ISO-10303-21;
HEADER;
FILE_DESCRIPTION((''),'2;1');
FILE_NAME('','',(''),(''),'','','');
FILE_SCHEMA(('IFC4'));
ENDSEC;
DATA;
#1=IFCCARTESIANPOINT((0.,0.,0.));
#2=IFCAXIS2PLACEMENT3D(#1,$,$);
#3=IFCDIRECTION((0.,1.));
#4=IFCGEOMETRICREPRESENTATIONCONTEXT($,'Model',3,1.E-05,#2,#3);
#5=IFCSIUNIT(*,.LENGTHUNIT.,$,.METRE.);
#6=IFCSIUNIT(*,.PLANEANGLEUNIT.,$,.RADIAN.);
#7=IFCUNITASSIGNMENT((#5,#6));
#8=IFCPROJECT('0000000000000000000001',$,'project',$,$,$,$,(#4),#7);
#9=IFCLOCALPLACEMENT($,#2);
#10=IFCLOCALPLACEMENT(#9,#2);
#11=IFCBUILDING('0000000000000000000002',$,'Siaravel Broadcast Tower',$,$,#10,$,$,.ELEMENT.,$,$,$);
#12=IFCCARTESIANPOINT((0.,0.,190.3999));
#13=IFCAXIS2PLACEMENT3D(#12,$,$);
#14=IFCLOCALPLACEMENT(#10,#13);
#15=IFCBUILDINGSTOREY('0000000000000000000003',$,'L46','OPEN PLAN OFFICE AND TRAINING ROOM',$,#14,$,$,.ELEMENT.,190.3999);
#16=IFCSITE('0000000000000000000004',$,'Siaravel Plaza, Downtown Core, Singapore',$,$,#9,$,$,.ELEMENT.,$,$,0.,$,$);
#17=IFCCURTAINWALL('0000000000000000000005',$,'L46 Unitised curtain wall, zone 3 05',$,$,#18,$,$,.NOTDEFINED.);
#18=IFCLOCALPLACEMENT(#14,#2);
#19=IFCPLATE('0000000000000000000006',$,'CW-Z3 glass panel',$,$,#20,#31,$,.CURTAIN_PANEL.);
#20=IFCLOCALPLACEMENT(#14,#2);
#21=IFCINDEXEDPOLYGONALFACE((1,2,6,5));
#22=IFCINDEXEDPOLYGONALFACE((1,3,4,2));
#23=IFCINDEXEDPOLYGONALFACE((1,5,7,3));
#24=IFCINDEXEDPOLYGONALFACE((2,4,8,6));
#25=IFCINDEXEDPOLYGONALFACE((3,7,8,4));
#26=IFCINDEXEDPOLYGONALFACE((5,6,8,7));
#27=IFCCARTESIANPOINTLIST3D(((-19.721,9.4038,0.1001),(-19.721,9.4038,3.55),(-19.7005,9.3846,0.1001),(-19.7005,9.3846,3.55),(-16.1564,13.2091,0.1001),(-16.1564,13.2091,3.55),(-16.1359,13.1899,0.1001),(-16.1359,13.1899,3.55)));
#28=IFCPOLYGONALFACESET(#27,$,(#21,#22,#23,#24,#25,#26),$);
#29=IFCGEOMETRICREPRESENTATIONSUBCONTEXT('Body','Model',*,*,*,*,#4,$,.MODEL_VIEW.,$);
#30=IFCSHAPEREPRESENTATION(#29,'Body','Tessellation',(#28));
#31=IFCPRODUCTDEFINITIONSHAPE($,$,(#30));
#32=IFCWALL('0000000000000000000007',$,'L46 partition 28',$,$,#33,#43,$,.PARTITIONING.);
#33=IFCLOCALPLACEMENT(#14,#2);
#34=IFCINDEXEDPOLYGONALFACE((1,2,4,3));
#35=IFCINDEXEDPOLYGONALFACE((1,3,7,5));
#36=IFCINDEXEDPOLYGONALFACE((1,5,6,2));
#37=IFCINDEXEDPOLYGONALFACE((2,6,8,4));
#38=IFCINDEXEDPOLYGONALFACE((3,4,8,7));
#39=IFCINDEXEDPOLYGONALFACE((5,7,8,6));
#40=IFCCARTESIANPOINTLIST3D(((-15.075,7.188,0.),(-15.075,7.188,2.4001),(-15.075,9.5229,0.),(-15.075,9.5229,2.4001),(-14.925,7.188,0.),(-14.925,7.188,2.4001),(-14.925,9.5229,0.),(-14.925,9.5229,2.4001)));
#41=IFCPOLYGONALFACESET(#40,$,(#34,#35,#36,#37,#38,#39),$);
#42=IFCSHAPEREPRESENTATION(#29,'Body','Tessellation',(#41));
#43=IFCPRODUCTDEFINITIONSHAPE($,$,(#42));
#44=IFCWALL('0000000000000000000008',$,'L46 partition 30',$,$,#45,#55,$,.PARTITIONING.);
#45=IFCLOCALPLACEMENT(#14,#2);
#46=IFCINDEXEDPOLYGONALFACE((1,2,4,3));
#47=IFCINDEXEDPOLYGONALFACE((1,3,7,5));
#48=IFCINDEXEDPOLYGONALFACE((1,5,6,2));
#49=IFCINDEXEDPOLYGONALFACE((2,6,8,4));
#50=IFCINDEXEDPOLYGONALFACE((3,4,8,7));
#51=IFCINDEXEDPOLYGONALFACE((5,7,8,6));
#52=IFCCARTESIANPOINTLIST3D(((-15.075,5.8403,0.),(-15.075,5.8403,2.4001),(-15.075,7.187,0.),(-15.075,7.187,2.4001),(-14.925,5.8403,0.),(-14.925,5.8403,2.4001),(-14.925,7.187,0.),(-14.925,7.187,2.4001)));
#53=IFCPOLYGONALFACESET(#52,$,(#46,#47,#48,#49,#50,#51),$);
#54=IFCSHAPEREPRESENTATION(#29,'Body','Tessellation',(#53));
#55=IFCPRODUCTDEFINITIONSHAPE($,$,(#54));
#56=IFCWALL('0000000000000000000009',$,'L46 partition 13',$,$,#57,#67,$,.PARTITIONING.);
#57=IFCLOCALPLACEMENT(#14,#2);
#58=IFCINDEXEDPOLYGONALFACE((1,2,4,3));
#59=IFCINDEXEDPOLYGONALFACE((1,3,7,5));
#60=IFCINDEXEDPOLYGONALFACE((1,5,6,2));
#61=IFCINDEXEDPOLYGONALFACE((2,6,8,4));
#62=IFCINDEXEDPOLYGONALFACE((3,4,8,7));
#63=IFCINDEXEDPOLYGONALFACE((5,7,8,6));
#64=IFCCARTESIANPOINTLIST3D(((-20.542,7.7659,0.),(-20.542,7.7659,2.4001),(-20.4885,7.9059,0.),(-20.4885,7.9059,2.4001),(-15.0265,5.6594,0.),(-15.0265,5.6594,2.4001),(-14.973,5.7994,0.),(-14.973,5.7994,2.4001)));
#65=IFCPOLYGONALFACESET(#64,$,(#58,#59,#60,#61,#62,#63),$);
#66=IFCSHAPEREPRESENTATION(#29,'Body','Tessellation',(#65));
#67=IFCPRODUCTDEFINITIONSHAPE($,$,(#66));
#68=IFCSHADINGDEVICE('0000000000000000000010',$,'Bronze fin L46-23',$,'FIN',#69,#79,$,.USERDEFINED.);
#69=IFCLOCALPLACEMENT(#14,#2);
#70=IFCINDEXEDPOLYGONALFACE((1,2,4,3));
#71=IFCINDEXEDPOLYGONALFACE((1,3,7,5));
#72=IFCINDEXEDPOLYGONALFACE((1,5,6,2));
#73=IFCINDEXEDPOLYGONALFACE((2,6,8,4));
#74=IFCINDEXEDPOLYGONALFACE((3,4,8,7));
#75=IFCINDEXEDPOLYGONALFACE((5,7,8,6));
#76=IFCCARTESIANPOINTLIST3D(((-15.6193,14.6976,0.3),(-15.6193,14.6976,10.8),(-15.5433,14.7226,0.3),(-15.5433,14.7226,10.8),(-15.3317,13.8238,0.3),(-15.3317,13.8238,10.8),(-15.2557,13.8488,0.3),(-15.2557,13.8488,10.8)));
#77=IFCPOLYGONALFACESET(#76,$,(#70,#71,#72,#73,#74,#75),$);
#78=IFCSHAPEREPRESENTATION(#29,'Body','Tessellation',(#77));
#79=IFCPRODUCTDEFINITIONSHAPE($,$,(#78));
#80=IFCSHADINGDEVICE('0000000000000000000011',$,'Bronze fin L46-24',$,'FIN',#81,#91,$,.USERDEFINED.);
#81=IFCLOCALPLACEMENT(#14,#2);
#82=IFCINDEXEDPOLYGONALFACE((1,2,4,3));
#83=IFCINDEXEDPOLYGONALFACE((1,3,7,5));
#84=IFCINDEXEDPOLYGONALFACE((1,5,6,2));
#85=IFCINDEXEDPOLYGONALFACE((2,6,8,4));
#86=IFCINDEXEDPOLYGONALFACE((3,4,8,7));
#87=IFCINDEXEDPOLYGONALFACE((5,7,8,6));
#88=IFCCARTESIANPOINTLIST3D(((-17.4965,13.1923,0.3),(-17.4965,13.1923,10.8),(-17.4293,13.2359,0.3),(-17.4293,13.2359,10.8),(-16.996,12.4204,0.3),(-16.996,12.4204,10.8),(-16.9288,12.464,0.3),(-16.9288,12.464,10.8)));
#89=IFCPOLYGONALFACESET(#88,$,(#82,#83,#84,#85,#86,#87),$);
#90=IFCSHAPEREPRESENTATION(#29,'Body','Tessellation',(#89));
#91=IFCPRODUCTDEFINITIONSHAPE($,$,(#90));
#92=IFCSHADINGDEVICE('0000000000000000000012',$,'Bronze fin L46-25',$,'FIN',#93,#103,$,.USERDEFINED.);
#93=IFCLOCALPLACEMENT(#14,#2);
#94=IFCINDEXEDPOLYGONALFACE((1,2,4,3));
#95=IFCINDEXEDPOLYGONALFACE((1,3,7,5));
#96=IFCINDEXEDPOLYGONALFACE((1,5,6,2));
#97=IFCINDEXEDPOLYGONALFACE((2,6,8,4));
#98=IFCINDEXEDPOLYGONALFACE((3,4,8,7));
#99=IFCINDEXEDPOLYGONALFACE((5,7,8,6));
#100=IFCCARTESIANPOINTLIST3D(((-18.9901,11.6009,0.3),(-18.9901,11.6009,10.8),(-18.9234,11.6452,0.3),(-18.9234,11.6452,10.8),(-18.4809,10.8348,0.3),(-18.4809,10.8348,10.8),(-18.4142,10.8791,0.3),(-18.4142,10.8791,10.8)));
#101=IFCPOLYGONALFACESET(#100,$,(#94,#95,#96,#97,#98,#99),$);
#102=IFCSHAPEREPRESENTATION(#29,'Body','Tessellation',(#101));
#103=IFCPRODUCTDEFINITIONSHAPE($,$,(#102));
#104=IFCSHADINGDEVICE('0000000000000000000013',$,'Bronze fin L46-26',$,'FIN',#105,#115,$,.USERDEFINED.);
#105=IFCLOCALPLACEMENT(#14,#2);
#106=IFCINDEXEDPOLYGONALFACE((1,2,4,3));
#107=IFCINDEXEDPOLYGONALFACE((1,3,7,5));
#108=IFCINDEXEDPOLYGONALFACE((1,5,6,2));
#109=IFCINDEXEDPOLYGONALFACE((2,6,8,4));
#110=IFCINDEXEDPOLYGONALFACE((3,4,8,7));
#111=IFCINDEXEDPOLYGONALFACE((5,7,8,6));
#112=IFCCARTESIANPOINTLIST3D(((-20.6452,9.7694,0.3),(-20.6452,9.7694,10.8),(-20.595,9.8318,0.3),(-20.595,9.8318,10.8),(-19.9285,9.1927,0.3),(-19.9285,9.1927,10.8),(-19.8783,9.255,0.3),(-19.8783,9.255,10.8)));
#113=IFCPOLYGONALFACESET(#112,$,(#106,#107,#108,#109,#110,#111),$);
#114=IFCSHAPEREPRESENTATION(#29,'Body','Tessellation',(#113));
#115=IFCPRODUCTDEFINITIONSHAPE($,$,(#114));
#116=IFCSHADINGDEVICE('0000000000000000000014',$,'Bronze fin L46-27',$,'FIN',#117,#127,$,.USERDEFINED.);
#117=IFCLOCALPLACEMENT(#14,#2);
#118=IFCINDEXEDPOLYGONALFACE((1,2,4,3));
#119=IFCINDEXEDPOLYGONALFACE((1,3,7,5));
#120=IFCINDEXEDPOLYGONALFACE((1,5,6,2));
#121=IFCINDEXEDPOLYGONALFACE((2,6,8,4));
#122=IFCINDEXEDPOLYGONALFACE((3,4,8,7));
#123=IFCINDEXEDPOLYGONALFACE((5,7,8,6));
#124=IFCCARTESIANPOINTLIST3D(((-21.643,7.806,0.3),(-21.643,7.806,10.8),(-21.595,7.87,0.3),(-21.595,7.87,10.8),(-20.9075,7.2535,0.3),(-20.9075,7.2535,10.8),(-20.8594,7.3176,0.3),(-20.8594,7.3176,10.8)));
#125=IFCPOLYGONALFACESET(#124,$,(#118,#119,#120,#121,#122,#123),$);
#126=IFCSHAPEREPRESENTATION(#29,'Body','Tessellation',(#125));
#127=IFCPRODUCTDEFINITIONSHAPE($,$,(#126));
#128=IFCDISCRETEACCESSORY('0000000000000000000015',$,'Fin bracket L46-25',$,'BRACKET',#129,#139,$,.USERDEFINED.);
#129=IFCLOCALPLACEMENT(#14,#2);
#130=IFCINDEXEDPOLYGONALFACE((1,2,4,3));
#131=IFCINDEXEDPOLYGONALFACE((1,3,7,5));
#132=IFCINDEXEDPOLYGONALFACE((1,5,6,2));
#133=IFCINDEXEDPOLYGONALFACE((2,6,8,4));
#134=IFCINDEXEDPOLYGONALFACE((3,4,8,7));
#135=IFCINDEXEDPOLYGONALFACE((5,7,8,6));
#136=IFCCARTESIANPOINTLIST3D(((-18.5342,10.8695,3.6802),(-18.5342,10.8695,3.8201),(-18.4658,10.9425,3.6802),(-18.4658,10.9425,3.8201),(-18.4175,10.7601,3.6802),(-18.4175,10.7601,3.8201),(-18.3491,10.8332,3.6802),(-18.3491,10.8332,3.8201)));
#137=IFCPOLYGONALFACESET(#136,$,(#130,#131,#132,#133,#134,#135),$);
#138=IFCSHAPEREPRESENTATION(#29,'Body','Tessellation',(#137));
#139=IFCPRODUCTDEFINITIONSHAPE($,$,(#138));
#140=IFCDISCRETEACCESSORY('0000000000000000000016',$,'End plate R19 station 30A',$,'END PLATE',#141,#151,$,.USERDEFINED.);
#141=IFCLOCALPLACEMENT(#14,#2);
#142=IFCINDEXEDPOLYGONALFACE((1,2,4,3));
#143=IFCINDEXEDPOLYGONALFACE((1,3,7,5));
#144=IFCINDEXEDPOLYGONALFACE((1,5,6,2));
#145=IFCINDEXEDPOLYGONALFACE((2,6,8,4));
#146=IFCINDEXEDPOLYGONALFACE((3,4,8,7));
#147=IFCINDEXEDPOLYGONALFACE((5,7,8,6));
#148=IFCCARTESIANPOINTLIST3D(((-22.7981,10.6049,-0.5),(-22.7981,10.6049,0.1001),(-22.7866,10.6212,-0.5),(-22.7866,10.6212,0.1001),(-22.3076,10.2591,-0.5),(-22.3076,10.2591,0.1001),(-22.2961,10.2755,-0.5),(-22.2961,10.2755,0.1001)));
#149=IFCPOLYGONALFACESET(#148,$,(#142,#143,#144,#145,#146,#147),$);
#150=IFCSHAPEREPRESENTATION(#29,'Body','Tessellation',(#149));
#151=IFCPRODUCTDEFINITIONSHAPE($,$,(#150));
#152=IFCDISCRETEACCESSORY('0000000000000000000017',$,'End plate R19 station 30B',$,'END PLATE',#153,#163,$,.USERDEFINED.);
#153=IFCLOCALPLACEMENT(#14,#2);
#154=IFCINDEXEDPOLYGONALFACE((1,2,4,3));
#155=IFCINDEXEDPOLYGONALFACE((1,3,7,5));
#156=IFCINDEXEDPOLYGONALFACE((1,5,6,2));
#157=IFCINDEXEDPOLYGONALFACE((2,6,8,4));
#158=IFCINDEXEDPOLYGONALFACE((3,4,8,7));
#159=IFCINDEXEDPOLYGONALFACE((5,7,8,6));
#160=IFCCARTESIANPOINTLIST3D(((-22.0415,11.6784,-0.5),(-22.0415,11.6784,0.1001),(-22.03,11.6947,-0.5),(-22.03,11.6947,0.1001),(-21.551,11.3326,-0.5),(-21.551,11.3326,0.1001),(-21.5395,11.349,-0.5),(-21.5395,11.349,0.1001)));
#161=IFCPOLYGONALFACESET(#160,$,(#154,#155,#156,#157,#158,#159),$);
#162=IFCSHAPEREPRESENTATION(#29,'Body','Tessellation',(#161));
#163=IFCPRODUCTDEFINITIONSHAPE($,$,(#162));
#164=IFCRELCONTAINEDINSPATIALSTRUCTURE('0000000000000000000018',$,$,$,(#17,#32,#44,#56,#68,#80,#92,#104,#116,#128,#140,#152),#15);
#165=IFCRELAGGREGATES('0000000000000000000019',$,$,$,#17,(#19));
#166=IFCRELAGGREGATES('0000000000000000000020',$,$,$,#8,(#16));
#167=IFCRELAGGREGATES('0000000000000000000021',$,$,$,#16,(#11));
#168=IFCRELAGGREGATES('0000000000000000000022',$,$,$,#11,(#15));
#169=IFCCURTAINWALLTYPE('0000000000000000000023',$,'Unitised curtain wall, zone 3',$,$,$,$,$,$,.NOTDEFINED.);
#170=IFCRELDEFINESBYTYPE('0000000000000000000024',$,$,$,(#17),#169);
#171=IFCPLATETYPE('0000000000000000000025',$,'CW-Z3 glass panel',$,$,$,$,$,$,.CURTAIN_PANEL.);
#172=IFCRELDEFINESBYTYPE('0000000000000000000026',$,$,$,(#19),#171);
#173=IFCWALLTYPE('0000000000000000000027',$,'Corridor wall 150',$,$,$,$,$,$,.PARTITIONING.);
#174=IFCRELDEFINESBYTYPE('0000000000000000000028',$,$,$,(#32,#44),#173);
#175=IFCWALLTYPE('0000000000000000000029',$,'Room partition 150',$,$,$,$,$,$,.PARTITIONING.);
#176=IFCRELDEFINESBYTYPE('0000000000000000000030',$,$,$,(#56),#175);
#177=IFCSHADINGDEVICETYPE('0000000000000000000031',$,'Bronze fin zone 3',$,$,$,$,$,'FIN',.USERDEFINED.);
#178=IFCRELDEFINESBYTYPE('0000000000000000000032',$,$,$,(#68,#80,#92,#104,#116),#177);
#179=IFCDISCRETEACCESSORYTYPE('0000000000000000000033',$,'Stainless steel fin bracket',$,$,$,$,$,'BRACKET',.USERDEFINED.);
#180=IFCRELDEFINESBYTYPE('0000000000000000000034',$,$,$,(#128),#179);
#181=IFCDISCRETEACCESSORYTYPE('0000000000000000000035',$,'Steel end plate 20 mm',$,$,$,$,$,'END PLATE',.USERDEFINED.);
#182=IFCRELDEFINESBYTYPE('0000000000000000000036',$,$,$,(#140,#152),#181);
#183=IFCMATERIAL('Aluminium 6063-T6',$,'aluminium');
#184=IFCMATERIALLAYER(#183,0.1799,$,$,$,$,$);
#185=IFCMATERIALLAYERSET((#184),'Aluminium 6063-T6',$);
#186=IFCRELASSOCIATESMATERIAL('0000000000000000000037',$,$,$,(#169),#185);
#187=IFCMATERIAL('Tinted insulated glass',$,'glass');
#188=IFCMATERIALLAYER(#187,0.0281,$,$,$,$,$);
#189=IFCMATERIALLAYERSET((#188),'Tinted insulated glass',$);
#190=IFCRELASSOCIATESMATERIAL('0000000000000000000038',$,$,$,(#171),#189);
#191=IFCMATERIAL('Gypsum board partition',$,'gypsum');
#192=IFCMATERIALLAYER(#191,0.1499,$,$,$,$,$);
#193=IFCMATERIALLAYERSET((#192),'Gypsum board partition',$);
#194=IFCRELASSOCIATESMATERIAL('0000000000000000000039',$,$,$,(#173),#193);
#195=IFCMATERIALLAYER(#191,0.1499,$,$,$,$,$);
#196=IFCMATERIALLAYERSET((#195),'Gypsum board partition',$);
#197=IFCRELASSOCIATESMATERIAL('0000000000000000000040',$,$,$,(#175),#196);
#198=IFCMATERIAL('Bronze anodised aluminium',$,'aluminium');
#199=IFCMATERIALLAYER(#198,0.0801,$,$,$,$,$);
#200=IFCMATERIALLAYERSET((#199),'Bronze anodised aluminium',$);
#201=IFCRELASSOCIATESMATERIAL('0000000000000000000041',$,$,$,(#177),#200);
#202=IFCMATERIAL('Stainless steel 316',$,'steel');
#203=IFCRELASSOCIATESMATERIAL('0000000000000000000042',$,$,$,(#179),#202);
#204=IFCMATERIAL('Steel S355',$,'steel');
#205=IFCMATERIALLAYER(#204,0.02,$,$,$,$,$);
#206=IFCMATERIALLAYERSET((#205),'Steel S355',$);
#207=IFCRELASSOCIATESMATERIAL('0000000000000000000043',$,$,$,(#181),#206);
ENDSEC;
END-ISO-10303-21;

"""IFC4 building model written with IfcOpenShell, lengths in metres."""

from ifc_helpers import new_model, si_unit, direction, frame, frame_2d, origin, origin_2d, place, context, subcontext, project, spatial, rectangle, extrude, material, layer, layer_set, type_object, element, aggregate, save


model = new_model("IFC4")

# Units and contexts
model_context = context("Model", 3, precision=1e-05, world=origin(), true_north=direction((0.0, 1.0)))
body_context = subcontext(model_context, "Body", "Model", "MODEL_VIEW")
ifc_project = project(units=[si_unit("LENGTHUNIT", "METRE"), si_unit("PLANEANGLEUNIT", "RADIAN")], contexts=[model_context])

# Site, building, storey
site_placement = place(None, origin())
site = spatial("IfcSite", under=ifc_project, at=site_placement, Name="Siaravel Plaza, Downtown Core, Singapore", CompositionType="ELEMENT", RefElevation=0.0)
building_placement = place(site_placement, origin())
building = spatial("IfcBuilding", under=site, at=building_placement, Name="Siaravel Broadcast Tower", CompositionType="ELEMENT")
storey_placement = place(building_placement, frame((0.0, 0.0, 190.3999)))
storey = spatial("IfcBuildingStorey", under=building, at=storey_placement, Name="L46", Description="OPEN PLAN OFFICE AND TRAINING ROOM", CompositionType="ELEMENT", Elevation=190.3999)

# Shared definitions
ifc_material_1 = material(Name="Steel S355", Category="steel")

# Curtain wall
ifc_material_2 = material(Name="Aluminium 6063-T6", Category="aluminium")
ifc_layer_1 = layer(ifc_material_2, 0.1799)
ifc_layer_set_1 = layer_set([ifc_layer_1], Name="Aluminium 6063-T6")
curtain_wall_type = type_object("IfcCurtainWallType", Name="Unitised curtain wall, zone 3", PredefinedType="NOTDEFINED", material=ifc_layer_set_1)
curtain_wall_1_placement = place(storey_placement, origin())
curtain_wall_1 = element("IfcCurtainWall", 1, at=curtain_wall_1_placement, inside=storey, type_object=curtain_wall_type, Name="L46 Unitised curtain wall, zone 3 05", PredefinedType="NOTDEFINED")

# Plate
ifc_material_3 = material(Name="Tinted insulated glass", Category="glass")
ifc_layer_2 = layer(ifc_material_3, 0.0281)
ifc_layer_set_2 = layer_set([ifc_layer_2], Name="Tinted insulated glass")
plate_type = type_object("IfcPlateType", Name="CW-Z3 glass panel", PredefinedType="CURTAIN_PANEL", material=ifc_layer_set_2)
plate_placement = place(storey_placement, frame((-17.9285, 11.2969, 0.1001), z_axis=(0.0, 0.0, 1.0), x_axis=(-0.683655, -0.729805, 0.0)))
plate = element("IfcPlate", 2, at=plate_placement, type_object=plate_type, Name="CW-Z3 glass panel", PredefinedType="CURTAIN_PANEL", context=body_context, shape_type="SweptSolid", body=[
    extrude(rectangle(XDim=5.2141, YDim=0.0281, at=origin_2d()), origin(), (0.0, 0.0, 1.0), 3.45),
])
aggregate(curtain_wall_1, [plate])

# Walls
ifc_material_4 = material(Name="Gypsum board partition", Category="gypsum")
ifc_layer_3 = layer(ifc_material_4, 0.1499)
ifc_layer_set_3 = layer_set([ifc_layer_3], Name="Gypsum board partition")
wall_type_1 = type_object("IfcWallType", Name="Corridor wall 150", PredefinedType="PARTITIONING", material=ifc_layer_set_3)
wall_1_placement = place(storey_placement, frame((-15.0, 9.5229, 0.0), z_axis=(0.0, 0.0, 1.0), x_axis=(0.0, -1.0, 0.0)))
element("IfcWall", 3, at=wall_1_placement, inside=storey, type_object=wall_type_1, Name="L46 partition 28", PredefinedType="PARTITIONING", context=body_context, shape_type="SweptSolid", body=[
    extrude(rectangle(XDim=2.335, YDim=0.1499, at=frame_2d((1.1675, 0.0))), origin(), (0.0, 0.0, 1.0), 2.4001),
])
wall_2_placement = place(storey_placement, frame((-15.0, 7.187, 0.0), z_axis=(0.0, 0.0, 1.0), x_axis=(0.0, -1.0, 0.0)))
element("IfcWall", 4, at=wall_2_placement, inside=storey, type_object=wall_type_1, Name="L46 partition 30", PredefinedType="PARTITIONING", context=body_context, shape_type="SweptSolid", body=[
    extrude(rectangle(XDim=1.3467, YDim=0.1499, at=frame_2d((0.6733, 0.0))), origin(), (0.0, 0.0, 1.0), 2.4001),
])
ifc_layer_4 = layer(ifc_material_4, 0.1499)
ifc_layer_set_4 = layer_set([ifc_layer_4], Name="Gypsum board partition")
wall_type_2 = type_object("IfcWallType", Name="Room partition 150", PredefinedType="PARTITIONING", material=ifc_layer_set_4)
wall_3_placement = place(storey_placement, frame((-20.5154, 7.8359, 0.0), z_axis=(0.0, 0.0, 1.0), x_axis=(0.934186, -0.356786, 0.0)))
element("IfcWall", 5, at=wall_3_placement, inside=storey, type_object=wall_type_2, Name="L46 partition 13", PredefinedType="PARTITIONING", context=body_context, shape_type="SweptSolid", body=[
    extrude(rectangle(XDim=5.9041, YDim=0.1499, at=frame_2d((2.9521, 0.0))), origin(), (0.0, 0.0, 1.0), 2.4001),
])

# Shading devices
ifc_material_5 = material(Name="Bronze anodised aluminium", Category="aluminium")
ifc_layer_5 = layer(ifc_material_5, 0.0801)
ifc_layer_set_5 = layer_set([ifc_layer_5], Name="Bronze anodised aluminium")
shading_device_type = type_object("IfcShadingDeviceType", Name="Bronze fin zone 3", ElementType="FIN", PredefinedType="USERDEFINED", material=ifc_layer_set_5)
for number, where, z_axis, x_axis, name in (
    (6, (-15.4375, 14.2732, 0.3), (0.0, 0.0, 1.0), (-0.312613, 0.94988, 0.0), "Bronze fin L46-23"),
    (7, (-17.2126, 12.8281, 0.3), (0.0, 0.0, 1.0), (-0.543999, 0.839086, 0.0), "Bronze fin L46-24"),
    (8, (-18.7021, 11.24, 0.3), (0.0, 0.0, 1.0), (-0.55353, 0.832829, 0.0), "Bronze fin L46-25"),
    (9, (-20.2617, 9.5122, 0.3), (0.0, 0.0, 1.0), (-0.779085, 0.626918, 0.0), "Bronze fin L46-26"),
    (10, (-21.2512, 7.5618, 0.3), (0.0, 0.0, 1.0), (-0.799598, 0.600536, 0.0), "Bronze fin L46-27"),
):
    element("IfcShadingDevice", number, at=place(storey_placement, frame(where, z_axis=z_axis, x_axis=x_axis)), inside=storey, type_object=shading_device_type, Name=name, ObjectType="FIN", PredefinedType="USERDEFINED", context=body_context, shape_type="SweptSolid", body=[
        extrude(rectangle(XDim=0.9199, YDim=0.0801, at=origin_2d()), origin(), (0.0, 0.0, 1.0), 10.5),
    ])

# Discrete accessories
ifc_material_6 = material(Name="Stainless steel 316", Category="steel")
discrete_accessory_type_1 = type_object("IfcDiscreteAccessoryType", Name="Stainless steel fin bracket", ElementType="BRACKET", PredefinedType="USERDEFINED", material=ifc_material_6)
discrete_accessory_placement = place(storey_placement, frame((-18.4417, 10.8513, 3.6802), z_axis=(0.0, 0.0, 1.0), x_axis=(-0.729806, 0.683655, 0.0)))
element("IfcDiscreteAccessory", 11, at=discrete_accessory_placement, inside=storey, type_object=discrete_accessory_type_1, Name="Fin bracket L46-25", ObjectType="BRACKET", PredefinedType="USERDEFINED", context=body_context, shape_type="SweptSolid", body=[
    extrude(rectangle(XDim=0.1599, YDim=0.1001, at=origin_2d()), origin(), (0.0, 0.0, 1.0), 0.1399),
])
ifc_layer_6 = layer(ifc_material_1, 0.02)
ifc_layer_set_6 = layer_set([ifc_layer_6], Name="Steel S355")
discrete_accessory_type_2 = type_object("IfcDiscreteAccessoryType", Name="Steel end plate 20 mm", ElementType="END PLATE", PredefinedType="USERDEFINED", material=ifc_layer_set_6)
for number, where, z_axis, x_axis, name in (
    (12, (-22.5471, 10.4402, -0.5), (0.0, 0.0, 1.0), (-0.57612, -0.817365, 0.0), "End plate R19 station 30A"),
    (13, (-21.7905, 11.5137, -0.5), (0.0, 0.0, 1.0), (-0.57612, -0.817365, 0.0), "End plate R19 station 30B"),
):
    element("IfcDiscreteAccessory", number, at=place(storey_placement, frame(where, z_axis=z_axis, x_axis=x_axis)), inside=storey, type_object=discrete_accessory_type_2, Name=name, ObjectType="END PLATE", PredefinedType="USERDEFINED", context=body_context, shape_type="SweptSolid", body=[
        extrude(rectangle(XDim=0.02, YDim=0.6001, at=origin_2d()), origin(), (0.0, 0.0, 1.0), 0.6001),
    ])

save(model, "model.ifc")
